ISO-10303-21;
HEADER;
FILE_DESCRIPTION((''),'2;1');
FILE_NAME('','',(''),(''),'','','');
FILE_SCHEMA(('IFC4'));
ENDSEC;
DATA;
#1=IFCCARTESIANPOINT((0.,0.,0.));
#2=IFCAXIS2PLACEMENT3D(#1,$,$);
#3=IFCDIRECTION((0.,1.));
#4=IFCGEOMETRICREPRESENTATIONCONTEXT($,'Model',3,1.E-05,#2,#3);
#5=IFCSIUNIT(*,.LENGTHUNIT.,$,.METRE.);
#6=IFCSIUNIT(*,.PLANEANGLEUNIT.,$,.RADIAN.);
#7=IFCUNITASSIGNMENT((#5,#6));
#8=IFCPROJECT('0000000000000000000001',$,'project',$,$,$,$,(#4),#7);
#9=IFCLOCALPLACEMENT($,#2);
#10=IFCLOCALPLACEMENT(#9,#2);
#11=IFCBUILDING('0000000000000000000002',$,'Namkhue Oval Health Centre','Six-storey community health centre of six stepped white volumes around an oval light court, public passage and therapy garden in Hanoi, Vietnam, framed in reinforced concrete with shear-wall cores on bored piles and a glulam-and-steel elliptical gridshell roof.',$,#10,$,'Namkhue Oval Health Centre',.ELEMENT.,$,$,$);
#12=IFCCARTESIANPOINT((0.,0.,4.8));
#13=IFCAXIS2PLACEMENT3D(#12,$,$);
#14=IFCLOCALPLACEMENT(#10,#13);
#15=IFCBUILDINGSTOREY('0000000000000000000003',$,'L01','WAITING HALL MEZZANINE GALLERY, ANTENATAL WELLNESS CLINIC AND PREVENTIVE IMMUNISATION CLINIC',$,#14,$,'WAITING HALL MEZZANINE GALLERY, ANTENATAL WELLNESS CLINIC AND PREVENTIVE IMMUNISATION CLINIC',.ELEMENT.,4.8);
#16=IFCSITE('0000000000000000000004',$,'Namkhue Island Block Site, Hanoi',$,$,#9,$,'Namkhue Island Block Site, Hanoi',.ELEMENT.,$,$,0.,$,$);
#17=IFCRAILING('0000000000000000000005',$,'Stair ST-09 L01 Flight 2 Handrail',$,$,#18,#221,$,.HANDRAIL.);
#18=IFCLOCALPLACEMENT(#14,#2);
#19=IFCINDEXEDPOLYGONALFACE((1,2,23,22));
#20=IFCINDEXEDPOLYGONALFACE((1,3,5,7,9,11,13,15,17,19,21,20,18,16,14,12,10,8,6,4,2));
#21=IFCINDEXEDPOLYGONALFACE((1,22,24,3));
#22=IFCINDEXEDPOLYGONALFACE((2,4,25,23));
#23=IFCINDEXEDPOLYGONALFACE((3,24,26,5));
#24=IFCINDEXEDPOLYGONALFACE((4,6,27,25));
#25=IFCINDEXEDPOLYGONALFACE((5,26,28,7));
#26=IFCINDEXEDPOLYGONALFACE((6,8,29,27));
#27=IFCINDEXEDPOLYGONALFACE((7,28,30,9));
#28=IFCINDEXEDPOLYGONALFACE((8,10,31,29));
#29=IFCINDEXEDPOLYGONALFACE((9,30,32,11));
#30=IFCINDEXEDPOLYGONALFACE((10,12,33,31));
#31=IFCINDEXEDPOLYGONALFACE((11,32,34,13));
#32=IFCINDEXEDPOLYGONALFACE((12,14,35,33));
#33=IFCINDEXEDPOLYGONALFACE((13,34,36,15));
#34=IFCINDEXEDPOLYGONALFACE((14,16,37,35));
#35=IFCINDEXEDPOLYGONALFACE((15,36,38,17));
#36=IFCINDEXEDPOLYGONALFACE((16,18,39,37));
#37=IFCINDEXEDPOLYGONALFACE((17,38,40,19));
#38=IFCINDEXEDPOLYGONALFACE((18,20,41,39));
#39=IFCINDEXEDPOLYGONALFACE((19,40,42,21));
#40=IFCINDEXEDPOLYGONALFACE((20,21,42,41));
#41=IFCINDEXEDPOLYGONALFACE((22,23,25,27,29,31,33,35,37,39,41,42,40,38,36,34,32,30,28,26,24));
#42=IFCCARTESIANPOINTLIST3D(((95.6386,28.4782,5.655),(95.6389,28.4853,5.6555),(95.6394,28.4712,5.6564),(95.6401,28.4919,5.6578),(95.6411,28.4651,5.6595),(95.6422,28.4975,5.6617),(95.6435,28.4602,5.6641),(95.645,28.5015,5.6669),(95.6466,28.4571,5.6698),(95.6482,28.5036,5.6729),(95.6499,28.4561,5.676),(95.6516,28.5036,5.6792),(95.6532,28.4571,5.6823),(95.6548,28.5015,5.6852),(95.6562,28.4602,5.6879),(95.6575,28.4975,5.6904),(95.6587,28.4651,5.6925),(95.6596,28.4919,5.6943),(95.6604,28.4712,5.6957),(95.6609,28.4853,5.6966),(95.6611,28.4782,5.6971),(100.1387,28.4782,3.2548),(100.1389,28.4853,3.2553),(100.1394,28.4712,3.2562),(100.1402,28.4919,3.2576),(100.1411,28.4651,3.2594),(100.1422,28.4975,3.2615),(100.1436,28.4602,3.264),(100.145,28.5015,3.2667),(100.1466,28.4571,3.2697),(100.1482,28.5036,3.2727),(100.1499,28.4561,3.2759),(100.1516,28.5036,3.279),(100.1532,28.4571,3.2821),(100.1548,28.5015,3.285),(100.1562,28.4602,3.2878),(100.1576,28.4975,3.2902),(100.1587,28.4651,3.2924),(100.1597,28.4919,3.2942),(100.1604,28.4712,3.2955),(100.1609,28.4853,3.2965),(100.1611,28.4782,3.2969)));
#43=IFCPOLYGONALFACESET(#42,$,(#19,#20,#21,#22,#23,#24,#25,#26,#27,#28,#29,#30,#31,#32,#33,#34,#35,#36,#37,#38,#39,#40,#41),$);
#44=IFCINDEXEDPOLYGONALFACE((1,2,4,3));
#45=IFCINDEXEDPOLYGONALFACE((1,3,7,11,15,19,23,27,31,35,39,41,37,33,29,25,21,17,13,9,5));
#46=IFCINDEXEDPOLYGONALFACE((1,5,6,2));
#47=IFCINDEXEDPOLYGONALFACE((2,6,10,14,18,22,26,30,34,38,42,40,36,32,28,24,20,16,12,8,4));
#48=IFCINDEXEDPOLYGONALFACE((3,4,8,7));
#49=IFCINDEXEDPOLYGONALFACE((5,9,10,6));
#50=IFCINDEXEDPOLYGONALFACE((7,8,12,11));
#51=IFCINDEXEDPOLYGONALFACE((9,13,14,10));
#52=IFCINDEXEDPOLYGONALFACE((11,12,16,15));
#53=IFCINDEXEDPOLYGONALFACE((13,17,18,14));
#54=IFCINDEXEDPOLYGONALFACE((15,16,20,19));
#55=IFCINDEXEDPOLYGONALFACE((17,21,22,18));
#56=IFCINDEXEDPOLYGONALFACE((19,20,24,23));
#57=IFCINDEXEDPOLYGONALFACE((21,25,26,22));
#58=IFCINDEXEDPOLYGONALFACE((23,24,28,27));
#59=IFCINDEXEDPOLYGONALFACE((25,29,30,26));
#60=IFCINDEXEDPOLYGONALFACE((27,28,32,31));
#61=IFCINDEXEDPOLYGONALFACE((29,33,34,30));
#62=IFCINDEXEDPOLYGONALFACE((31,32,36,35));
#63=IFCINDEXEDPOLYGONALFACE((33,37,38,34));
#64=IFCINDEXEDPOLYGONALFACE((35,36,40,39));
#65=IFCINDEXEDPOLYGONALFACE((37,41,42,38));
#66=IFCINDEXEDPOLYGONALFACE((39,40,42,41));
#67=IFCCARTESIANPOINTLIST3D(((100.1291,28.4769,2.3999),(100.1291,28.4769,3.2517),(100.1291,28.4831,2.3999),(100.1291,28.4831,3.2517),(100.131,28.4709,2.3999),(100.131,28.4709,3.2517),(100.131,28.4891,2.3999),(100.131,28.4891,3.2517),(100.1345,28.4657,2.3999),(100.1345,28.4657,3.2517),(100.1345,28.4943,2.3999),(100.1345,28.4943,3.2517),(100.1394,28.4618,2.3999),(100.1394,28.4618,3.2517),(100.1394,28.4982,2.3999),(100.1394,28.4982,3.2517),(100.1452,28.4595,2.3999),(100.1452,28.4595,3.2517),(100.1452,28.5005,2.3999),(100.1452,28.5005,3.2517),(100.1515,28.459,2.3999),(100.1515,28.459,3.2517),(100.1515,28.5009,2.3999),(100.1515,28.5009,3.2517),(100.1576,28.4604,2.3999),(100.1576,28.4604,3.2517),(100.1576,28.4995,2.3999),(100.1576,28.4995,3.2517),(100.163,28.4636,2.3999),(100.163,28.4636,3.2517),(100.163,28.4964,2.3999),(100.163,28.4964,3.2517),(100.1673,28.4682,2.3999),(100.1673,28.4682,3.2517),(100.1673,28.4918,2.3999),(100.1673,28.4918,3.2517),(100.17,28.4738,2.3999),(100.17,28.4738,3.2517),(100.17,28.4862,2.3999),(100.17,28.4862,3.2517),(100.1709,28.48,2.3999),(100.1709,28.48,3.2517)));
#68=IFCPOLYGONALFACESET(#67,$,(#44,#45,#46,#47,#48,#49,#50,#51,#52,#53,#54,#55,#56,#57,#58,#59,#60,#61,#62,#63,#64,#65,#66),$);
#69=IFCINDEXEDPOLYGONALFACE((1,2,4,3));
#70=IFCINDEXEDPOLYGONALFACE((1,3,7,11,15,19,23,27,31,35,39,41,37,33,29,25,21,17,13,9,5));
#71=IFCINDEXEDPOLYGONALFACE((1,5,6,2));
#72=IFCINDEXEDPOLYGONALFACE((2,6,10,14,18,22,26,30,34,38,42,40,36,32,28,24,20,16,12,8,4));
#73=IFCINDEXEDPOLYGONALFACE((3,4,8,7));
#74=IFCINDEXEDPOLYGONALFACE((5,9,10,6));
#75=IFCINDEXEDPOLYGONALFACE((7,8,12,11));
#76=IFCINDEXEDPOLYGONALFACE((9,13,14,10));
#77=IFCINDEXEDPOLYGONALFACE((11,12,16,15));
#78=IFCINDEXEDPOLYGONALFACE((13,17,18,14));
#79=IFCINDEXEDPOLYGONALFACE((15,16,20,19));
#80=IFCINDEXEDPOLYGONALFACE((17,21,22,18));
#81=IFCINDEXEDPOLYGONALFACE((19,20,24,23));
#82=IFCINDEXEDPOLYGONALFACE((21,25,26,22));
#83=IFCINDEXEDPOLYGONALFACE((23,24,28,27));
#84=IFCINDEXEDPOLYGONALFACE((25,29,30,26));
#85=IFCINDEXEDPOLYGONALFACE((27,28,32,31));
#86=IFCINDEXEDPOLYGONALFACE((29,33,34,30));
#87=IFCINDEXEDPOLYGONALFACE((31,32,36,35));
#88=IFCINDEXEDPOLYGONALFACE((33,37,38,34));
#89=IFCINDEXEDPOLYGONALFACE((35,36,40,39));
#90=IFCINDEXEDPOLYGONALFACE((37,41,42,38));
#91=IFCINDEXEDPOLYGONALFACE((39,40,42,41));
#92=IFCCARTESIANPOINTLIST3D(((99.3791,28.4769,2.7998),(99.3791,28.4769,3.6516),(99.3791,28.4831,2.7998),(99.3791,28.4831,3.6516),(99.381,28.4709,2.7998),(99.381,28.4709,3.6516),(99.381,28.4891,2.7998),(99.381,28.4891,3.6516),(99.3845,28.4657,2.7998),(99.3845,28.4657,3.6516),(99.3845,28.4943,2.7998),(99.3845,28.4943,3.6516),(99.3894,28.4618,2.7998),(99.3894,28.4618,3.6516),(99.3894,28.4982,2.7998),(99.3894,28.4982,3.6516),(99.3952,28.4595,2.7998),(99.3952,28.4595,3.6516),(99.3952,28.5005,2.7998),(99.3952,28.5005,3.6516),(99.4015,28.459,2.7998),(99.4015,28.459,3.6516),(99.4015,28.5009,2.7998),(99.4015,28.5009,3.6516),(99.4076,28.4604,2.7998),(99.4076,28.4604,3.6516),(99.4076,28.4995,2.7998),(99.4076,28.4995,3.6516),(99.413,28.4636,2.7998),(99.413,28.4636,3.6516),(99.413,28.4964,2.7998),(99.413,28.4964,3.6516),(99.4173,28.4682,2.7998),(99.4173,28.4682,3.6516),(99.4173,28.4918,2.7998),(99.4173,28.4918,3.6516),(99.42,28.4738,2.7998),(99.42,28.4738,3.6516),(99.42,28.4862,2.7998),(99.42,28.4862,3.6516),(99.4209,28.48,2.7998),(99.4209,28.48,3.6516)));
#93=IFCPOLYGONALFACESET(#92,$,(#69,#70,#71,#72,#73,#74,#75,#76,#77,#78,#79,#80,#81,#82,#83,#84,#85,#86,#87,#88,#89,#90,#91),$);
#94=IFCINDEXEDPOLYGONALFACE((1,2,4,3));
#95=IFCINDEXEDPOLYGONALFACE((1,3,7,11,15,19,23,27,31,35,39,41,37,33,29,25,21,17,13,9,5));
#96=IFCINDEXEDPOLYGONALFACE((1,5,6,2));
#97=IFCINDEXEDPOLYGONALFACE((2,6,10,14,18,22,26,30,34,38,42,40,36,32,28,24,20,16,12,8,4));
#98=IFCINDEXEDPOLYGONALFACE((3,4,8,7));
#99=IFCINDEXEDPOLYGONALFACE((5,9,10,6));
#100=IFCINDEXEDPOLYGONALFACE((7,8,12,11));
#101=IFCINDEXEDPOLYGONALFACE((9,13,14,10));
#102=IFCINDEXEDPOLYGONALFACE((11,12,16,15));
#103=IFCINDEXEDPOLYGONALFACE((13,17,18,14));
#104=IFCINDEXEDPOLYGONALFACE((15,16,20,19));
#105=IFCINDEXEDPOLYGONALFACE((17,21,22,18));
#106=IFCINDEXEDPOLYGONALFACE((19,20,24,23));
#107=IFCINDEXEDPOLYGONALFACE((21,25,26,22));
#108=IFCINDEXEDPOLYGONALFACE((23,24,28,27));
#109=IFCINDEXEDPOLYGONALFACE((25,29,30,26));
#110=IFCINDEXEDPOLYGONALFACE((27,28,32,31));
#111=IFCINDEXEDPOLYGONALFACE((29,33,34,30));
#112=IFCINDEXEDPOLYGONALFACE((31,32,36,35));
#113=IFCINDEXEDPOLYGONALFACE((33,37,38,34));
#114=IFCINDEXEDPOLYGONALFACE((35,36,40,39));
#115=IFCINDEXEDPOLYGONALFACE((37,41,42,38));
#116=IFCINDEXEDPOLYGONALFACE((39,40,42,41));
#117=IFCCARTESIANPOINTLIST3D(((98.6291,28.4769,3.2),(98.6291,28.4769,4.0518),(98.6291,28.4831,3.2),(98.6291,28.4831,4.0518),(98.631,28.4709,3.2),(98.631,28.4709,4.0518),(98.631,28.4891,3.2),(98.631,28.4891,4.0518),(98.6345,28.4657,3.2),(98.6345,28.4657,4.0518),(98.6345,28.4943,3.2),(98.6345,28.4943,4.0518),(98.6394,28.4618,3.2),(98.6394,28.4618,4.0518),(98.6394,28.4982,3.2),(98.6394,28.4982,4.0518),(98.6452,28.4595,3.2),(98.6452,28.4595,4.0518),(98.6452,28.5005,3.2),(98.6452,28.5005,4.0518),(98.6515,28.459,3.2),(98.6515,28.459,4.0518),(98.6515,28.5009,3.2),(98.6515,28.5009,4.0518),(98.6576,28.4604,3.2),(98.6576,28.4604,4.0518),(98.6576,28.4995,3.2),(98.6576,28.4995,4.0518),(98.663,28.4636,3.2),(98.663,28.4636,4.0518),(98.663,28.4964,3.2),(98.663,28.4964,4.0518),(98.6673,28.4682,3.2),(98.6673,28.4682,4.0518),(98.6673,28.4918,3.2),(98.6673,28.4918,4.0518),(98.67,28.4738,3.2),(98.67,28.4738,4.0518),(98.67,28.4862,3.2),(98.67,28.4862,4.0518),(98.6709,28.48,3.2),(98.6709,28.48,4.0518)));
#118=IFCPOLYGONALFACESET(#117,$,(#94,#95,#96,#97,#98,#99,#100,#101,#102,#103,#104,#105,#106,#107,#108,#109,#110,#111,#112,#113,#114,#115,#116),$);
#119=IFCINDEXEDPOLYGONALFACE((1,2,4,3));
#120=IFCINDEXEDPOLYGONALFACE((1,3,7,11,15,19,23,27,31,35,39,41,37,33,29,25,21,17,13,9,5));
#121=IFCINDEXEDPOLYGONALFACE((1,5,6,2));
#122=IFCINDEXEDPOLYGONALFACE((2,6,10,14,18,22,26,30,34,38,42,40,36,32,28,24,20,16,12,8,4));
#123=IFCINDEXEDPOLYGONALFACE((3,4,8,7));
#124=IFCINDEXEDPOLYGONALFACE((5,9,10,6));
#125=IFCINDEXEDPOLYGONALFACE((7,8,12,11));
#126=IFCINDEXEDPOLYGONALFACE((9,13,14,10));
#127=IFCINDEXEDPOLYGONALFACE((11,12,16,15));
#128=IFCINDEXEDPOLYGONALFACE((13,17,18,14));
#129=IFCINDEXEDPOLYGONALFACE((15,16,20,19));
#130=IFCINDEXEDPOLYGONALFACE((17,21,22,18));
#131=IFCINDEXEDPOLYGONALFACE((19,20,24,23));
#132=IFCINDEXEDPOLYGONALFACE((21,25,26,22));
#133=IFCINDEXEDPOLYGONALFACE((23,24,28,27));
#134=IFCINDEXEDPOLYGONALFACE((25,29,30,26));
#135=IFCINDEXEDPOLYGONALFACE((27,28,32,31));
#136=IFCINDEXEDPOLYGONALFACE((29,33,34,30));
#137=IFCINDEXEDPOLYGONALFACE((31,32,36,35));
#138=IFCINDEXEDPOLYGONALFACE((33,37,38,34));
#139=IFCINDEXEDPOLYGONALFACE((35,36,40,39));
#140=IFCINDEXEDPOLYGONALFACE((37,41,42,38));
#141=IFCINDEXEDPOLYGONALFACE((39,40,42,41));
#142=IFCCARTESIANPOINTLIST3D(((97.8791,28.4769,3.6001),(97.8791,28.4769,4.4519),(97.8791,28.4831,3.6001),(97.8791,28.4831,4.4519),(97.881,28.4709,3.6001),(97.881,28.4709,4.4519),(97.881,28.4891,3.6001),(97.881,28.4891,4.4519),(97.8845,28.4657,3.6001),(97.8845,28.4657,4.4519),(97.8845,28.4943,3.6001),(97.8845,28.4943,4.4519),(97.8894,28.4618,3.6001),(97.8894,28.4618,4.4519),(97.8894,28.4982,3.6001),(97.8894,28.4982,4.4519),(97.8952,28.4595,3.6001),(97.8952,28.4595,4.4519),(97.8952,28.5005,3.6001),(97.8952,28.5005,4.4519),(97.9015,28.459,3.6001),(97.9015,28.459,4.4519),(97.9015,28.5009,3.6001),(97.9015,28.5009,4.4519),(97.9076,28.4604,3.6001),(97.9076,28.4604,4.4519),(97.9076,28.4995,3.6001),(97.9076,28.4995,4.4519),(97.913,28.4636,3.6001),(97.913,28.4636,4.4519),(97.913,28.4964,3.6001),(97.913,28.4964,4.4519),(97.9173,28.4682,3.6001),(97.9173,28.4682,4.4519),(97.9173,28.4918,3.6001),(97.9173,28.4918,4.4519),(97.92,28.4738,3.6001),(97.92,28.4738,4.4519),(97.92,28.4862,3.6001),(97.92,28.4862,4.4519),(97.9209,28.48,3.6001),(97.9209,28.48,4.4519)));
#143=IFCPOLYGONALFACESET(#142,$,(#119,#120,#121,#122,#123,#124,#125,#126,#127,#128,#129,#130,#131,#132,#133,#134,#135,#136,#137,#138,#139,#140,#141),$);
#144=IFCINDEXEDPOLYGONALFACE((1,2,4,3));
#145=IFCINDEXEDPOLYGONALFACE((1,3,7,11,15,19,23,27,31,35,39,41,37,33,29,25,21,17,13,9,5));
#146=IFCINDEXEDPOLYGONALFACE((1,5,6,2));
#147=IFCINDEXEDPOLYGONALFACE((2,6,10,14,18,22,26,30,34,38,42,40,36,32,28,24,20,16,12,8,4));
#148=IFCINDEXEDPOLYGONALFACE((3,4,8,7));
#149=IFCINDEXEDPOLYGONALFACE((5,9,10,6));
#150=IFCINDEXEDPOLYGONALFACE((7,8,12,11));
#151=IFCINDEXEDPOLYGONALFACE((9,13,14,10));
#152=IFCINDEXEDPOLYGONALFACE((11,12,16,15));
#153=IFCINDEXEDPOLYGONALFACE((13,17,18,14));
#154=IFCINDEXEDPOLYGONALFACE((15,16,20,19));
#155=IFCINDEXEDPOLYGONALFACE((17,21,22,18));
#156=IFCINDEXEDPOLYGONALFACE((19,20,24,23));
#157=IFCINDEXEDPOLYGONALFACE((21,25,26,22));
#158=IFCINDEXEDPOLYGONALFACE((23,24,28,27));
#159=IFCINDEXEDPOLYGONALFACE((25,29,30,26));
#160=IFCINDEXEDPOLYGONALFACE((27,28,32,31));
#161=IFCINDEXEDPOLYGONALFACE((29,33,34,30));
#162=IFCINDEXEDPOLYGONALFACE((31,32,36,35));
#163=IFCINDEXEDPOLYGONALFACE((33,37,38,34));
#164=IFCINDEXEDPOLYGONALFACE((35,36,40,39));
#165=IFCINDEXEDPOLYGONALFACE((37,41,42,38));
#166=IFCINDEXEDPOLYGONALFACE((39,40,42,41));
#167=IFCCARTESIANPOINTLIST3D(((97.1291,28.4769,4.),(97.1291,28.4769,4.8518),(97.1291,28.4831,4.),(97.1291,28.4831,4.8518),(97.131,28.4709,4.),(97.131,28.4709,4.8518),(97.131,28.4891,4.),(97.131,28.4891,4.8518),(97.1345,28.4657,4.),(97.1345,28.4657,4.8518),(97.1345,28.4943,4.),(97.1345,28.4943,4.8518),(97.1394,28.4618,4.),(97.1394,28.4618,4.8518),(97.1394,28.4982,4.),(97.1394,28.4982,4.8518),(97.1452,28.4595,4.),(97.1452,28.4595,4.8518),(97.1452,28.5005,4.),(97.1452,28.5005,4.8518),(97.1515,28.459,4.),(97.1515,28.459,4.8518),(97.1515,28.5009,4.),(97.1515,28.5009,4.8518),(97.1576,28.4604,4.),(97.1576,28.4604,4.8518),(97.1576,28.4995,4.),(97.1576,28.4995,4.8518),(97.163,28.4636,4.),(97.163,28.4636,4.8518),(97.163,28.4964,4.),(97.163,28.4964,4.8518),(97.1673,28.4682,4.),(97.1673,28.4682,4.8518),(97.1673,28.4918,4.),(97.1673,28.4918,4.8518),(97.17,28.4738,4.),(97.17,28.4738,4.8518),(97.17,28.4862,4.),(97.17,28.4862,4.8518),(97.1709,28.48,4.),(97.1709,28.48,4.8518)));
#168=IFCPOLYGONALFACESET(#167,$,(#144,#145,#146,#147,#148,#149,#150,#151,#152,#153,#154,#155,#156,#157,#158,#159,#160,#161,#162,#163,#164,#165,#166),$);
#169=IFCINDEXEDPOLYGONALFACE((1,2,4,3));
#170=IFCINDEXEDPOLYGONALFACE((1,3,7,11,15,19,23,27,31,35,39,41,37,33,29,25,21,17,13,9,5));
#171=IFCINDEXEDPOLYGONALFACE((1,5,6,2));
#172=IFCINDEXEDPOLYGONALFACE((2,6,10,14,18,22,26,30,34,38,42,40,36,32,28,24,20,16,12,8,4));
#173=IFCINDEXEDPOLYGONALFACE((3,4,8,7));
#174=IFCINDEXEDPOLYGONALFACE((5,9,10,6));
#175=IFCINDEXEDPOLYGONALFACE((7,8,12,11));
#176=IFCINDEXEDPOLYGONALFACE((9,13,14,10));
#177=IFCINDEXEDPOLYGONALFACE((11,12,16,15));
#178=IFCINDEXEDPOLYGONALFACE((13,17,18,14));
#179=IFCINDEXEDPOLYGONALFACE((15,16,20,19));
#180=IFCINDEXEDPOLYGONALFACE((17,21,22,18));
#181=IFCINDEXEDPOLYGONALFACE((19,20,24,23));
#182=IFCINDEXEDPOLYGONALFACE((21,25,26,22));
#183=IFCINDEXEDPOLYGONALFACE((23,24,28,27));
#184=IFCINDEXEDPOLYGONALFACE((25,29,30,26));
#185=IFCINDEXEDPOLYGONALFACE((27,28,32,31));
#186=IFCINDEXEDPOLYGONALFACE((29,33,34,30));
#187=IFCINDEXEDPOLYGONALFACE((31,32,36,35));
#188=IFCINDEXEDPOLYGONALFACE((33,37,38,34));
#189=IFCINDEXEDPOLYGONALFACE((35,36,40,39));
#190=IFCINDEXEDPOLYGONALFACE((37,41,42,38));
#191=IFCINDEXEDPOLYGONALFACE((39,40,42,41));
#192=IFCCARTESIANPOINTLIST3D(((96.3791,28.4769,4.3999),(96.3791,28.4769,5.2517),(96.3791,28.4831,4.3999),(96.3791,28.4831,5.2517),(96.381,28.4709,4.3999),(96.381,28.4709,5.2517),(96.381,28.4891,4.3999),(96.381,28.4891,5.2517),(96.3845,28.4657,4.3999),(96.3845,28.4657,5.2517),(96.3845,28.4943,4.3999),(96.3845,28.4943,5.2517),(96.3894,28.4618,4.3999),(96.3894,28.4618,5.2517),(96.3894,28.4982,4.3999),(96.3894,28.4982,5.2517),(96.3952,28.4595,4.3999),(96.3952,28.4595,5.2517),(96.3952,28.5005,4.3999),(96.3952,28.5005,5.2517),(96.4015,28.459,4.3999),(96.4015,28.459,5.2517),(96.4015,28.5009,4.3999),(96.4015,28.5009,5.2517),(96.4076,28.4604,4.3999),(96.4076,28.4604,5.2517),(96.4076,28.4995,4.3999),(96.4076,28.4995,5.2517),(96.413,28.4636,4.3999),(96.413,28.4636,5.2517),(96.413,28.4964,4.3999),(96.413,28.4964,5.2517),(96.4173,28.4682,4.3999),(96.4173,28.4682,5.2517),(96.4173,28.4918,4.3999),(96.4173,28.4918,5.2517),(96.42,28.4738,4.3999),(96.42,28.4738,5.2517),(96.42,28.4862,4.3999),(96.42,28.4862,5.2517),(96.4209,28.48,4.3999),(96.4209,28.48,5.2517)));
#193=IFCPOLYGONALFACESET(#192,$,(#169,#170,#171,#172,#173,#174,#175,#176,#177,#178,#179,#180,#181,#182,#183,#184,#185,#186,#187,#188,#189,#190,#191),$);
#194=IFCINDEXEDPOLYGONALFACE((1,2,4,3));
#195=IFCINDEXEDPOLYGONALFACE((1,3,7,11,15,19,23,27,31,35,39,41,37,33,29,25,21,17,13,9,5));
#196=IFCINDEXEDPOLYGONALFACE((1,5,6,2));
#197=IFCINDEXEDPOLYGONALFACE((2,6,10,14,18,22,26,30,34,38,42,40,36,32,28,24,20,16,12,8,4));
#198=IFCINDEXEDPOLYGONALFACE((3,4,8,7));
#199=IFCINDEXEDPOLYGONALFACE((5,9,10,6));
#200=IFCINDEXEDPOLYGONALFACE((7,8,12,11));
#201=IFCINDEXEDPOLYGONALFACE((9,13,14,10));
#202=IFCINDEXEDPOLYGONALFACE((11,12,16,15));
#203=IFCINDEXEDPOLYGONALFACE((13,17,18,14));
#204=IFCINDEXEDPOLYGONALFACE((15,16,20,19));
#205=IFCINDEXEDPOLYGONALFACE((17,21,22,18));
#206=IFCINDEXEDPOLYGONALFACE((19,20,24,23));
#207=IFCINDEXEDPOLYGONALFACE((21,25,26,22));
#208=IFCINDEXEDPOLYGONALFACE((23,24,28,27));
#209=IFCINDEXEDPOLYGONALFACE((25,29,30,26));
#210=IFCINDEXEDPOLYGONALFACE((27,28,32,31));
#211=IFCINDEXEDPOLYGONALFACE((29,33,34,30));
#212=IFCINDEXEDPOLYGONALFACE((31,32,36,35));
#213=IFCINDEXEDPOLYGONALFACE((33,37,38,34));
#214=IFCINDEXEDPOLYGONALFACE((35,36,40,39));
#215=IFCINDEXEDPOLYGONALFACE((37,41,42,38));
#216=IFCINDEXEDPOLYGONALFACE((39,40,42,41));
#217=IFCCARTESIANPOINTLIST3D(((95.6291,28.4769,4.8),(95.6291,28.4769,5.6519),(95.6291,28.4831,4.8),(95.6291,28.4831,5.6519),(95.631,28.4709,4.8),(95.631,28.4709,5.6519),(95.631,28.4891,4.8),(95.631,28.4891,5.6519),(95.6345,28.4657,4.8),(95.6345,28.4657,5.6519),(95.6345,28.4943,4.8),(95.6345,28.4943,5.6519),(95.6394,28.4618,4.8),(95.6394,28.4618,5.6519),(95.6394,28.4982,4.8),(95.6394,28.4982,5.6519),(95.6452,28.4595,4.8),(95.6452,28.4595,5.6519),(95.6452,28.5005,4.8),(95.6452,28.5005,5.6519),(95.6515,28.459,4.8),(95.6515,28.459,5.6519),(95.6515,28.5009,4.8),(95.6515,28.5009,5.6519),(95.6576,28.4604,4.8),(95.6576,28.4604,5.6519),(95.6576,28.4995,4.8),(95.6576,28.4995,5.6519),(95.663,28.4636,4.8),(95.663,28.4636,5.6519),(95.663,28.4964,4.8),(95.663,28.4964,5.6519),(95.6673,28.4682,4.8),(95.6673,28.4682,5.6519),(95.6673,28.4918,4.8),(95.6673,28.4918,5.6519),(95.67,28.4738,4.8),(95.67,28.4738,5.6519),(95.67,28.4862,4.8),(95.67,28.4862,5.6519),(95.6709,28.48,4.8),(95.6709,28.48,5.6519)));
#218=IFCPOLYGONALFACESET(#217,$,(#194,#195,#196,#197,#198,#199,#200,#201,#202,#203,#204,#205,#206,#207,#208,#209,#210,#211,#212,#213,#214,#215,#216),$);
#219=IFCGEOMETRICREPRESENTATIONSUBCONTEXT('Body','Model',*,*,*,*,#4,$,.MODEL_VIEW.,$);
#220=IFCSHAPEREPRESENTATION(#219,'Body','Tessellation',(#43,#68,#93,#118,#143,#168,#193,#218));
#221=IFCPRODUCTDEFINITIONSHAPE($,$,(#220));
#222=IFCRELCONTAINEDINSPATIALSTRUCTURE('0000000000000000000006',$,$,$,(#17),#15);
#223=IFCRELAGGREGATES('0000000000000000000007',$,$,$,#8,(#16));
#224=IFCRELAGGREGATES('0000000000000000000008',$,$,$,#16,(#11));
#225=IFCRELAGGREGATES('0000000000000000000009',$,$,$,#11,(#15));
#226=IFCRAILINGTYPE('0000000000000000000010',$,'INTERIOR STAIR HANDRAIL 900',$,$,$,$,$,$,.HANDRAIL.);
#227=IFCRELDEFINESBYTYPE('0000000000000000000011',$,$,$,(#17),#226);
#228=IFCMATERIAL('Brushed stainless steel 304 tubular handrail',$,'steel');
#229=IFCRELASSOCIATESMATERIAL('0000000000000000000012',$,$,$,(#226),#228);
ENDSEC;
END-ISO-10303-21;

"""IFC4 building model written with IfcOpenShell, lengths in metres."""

from ifc_helpers import new_model, si_unit, direction, frame, origin, origin_2d, place, context, subcontext, project, spatial, circle, extrude, material, type_object, element, save


model = new_model("IFC4")

# Units and contexts
model_context = context("Model", 3, precision=1e-05, world=origin(), true_north=direction((0.0, 1.0)))
body_context = subcontext(model_context, "Body", "Model", "MODEL_VIEW")
ifc_project = project(units=[si_unit("LENGTHUNIT", "METRE"), si_unit("PLANEANGLEUNIT", "RADIAN")], contexts=[model_context])

# Site, building, storey
site_placement = place(None, origin())
site = spatial("IfcSite", under=ifc_project, at=site_placement, Name="Namkhue Island Block Site, Hanoi", LongName="Namkhue Island Block Site, Hanoi", CompositionType="ELEMENT", RefElevation=0.0)
building_placement = place(site_placement, origin())
building = spatial("IfcBuilding", under=site, at=building_placement, Name="Namkhue Oval Health Centre", Description="Six-storey community health centre of six stepped white volumes around an oval light court, public passage and therapy garden in Hanoi, Vietnam, framed in reinforced concrete with shear-wall cores on bored piles and a glulam-and-steel elliptical gridshell roof.", LongName="Namkhue Oval Health Centre", CompositionType="ELEMENT")
storey_placement = place(building_placement, frame((0.0, 0.0, 4.8)))
storey = spatial("IfcBuildingStorey", under=building, at=storey_placement, Name="L01", Description="WAITING HALL MEZZANINE GALLERY, ANTENATAL WELLNESS CLINIC AND PREVENTIVE IMMUNISATION CLINIC", LongName="WAITING HALL MEZZANINE GALLERY, ANTENATAL WELLNESS CLINIC AND PREVENTIVE IMMUNISATION CLINIC", CompositionType="ELEMENT", Elevation=4.8)

# Railing
ifc_material_1 = material(Name="Brushed stainless steel 304 tubular handrail", Category="steel")
railing_type_1 = type_object("IfcRailingType", Name="INTERIOR STAIR HANDRAIL 900", PredefinedType="HANDRAIL", material=ifc_material_1)
railing_1_placement = place(storey_placement, frame((100.1499, 28.48, 2.3999)))
element("IfcRailing", 1, at=railing_1_placement, inside=storey, type_object=railing_type_1, Name="Stair ST-09 L01 Flight 2 Handrail", PredefinedType="HANDRAIL", context=body_context, shape_type="SweptSolid", body=[
    extrude(circle(Radius=0.0239, at=origin_2d()), frame((0.0, 0.0, 0.876), z_axis=(-0.882341, 0.0, 0.470611), x_axis=(0.0, -1.0, 0.0)), (0.0, 0.0, 1.0), 5.1001),
    extrude(circle(Radius=0.021, at=origin_2d()), origin(), (0.0, 0.0, 1.0), 0.8518),
    extrude(circle(Radius=0.021, at=origin_2d()), frame((-0.75, 0.0, 0.3999)), (0.0, 0.0, 1.0), 0.8518),
    extrude(circle(Radius=0.021, at=origin_2d()), frame((-1.5, 0.0, 0.8)), (0.0, 0.0, 1.0), 0.8518),
    extrude(circle(Radius=0.021, at=origin_2d()), frame((-2.25, 0.0, 1.2002)), (0.0, 0.0, 1.0), 0.8518),
    extrude(circle(Radius=0.021, at=origin_2d()), frame((-3.0, 0.0, 1.6001)), (0.0, 0.0, 1.0), 0.8518),
    extrude(circle(Radius=0.021, at=origin_2d()), frame((-3.75, 0.0, 2.0)), (0.0, 0.0, 1.0), 0.8518),
    extrude(circle(Radius=0.021, at=origin_2d()), frame((-4.5, 0.0, 2.4001)), (0.0, 0.0, 1.0), 0.8518),
])

save(model, "model.ifc")
